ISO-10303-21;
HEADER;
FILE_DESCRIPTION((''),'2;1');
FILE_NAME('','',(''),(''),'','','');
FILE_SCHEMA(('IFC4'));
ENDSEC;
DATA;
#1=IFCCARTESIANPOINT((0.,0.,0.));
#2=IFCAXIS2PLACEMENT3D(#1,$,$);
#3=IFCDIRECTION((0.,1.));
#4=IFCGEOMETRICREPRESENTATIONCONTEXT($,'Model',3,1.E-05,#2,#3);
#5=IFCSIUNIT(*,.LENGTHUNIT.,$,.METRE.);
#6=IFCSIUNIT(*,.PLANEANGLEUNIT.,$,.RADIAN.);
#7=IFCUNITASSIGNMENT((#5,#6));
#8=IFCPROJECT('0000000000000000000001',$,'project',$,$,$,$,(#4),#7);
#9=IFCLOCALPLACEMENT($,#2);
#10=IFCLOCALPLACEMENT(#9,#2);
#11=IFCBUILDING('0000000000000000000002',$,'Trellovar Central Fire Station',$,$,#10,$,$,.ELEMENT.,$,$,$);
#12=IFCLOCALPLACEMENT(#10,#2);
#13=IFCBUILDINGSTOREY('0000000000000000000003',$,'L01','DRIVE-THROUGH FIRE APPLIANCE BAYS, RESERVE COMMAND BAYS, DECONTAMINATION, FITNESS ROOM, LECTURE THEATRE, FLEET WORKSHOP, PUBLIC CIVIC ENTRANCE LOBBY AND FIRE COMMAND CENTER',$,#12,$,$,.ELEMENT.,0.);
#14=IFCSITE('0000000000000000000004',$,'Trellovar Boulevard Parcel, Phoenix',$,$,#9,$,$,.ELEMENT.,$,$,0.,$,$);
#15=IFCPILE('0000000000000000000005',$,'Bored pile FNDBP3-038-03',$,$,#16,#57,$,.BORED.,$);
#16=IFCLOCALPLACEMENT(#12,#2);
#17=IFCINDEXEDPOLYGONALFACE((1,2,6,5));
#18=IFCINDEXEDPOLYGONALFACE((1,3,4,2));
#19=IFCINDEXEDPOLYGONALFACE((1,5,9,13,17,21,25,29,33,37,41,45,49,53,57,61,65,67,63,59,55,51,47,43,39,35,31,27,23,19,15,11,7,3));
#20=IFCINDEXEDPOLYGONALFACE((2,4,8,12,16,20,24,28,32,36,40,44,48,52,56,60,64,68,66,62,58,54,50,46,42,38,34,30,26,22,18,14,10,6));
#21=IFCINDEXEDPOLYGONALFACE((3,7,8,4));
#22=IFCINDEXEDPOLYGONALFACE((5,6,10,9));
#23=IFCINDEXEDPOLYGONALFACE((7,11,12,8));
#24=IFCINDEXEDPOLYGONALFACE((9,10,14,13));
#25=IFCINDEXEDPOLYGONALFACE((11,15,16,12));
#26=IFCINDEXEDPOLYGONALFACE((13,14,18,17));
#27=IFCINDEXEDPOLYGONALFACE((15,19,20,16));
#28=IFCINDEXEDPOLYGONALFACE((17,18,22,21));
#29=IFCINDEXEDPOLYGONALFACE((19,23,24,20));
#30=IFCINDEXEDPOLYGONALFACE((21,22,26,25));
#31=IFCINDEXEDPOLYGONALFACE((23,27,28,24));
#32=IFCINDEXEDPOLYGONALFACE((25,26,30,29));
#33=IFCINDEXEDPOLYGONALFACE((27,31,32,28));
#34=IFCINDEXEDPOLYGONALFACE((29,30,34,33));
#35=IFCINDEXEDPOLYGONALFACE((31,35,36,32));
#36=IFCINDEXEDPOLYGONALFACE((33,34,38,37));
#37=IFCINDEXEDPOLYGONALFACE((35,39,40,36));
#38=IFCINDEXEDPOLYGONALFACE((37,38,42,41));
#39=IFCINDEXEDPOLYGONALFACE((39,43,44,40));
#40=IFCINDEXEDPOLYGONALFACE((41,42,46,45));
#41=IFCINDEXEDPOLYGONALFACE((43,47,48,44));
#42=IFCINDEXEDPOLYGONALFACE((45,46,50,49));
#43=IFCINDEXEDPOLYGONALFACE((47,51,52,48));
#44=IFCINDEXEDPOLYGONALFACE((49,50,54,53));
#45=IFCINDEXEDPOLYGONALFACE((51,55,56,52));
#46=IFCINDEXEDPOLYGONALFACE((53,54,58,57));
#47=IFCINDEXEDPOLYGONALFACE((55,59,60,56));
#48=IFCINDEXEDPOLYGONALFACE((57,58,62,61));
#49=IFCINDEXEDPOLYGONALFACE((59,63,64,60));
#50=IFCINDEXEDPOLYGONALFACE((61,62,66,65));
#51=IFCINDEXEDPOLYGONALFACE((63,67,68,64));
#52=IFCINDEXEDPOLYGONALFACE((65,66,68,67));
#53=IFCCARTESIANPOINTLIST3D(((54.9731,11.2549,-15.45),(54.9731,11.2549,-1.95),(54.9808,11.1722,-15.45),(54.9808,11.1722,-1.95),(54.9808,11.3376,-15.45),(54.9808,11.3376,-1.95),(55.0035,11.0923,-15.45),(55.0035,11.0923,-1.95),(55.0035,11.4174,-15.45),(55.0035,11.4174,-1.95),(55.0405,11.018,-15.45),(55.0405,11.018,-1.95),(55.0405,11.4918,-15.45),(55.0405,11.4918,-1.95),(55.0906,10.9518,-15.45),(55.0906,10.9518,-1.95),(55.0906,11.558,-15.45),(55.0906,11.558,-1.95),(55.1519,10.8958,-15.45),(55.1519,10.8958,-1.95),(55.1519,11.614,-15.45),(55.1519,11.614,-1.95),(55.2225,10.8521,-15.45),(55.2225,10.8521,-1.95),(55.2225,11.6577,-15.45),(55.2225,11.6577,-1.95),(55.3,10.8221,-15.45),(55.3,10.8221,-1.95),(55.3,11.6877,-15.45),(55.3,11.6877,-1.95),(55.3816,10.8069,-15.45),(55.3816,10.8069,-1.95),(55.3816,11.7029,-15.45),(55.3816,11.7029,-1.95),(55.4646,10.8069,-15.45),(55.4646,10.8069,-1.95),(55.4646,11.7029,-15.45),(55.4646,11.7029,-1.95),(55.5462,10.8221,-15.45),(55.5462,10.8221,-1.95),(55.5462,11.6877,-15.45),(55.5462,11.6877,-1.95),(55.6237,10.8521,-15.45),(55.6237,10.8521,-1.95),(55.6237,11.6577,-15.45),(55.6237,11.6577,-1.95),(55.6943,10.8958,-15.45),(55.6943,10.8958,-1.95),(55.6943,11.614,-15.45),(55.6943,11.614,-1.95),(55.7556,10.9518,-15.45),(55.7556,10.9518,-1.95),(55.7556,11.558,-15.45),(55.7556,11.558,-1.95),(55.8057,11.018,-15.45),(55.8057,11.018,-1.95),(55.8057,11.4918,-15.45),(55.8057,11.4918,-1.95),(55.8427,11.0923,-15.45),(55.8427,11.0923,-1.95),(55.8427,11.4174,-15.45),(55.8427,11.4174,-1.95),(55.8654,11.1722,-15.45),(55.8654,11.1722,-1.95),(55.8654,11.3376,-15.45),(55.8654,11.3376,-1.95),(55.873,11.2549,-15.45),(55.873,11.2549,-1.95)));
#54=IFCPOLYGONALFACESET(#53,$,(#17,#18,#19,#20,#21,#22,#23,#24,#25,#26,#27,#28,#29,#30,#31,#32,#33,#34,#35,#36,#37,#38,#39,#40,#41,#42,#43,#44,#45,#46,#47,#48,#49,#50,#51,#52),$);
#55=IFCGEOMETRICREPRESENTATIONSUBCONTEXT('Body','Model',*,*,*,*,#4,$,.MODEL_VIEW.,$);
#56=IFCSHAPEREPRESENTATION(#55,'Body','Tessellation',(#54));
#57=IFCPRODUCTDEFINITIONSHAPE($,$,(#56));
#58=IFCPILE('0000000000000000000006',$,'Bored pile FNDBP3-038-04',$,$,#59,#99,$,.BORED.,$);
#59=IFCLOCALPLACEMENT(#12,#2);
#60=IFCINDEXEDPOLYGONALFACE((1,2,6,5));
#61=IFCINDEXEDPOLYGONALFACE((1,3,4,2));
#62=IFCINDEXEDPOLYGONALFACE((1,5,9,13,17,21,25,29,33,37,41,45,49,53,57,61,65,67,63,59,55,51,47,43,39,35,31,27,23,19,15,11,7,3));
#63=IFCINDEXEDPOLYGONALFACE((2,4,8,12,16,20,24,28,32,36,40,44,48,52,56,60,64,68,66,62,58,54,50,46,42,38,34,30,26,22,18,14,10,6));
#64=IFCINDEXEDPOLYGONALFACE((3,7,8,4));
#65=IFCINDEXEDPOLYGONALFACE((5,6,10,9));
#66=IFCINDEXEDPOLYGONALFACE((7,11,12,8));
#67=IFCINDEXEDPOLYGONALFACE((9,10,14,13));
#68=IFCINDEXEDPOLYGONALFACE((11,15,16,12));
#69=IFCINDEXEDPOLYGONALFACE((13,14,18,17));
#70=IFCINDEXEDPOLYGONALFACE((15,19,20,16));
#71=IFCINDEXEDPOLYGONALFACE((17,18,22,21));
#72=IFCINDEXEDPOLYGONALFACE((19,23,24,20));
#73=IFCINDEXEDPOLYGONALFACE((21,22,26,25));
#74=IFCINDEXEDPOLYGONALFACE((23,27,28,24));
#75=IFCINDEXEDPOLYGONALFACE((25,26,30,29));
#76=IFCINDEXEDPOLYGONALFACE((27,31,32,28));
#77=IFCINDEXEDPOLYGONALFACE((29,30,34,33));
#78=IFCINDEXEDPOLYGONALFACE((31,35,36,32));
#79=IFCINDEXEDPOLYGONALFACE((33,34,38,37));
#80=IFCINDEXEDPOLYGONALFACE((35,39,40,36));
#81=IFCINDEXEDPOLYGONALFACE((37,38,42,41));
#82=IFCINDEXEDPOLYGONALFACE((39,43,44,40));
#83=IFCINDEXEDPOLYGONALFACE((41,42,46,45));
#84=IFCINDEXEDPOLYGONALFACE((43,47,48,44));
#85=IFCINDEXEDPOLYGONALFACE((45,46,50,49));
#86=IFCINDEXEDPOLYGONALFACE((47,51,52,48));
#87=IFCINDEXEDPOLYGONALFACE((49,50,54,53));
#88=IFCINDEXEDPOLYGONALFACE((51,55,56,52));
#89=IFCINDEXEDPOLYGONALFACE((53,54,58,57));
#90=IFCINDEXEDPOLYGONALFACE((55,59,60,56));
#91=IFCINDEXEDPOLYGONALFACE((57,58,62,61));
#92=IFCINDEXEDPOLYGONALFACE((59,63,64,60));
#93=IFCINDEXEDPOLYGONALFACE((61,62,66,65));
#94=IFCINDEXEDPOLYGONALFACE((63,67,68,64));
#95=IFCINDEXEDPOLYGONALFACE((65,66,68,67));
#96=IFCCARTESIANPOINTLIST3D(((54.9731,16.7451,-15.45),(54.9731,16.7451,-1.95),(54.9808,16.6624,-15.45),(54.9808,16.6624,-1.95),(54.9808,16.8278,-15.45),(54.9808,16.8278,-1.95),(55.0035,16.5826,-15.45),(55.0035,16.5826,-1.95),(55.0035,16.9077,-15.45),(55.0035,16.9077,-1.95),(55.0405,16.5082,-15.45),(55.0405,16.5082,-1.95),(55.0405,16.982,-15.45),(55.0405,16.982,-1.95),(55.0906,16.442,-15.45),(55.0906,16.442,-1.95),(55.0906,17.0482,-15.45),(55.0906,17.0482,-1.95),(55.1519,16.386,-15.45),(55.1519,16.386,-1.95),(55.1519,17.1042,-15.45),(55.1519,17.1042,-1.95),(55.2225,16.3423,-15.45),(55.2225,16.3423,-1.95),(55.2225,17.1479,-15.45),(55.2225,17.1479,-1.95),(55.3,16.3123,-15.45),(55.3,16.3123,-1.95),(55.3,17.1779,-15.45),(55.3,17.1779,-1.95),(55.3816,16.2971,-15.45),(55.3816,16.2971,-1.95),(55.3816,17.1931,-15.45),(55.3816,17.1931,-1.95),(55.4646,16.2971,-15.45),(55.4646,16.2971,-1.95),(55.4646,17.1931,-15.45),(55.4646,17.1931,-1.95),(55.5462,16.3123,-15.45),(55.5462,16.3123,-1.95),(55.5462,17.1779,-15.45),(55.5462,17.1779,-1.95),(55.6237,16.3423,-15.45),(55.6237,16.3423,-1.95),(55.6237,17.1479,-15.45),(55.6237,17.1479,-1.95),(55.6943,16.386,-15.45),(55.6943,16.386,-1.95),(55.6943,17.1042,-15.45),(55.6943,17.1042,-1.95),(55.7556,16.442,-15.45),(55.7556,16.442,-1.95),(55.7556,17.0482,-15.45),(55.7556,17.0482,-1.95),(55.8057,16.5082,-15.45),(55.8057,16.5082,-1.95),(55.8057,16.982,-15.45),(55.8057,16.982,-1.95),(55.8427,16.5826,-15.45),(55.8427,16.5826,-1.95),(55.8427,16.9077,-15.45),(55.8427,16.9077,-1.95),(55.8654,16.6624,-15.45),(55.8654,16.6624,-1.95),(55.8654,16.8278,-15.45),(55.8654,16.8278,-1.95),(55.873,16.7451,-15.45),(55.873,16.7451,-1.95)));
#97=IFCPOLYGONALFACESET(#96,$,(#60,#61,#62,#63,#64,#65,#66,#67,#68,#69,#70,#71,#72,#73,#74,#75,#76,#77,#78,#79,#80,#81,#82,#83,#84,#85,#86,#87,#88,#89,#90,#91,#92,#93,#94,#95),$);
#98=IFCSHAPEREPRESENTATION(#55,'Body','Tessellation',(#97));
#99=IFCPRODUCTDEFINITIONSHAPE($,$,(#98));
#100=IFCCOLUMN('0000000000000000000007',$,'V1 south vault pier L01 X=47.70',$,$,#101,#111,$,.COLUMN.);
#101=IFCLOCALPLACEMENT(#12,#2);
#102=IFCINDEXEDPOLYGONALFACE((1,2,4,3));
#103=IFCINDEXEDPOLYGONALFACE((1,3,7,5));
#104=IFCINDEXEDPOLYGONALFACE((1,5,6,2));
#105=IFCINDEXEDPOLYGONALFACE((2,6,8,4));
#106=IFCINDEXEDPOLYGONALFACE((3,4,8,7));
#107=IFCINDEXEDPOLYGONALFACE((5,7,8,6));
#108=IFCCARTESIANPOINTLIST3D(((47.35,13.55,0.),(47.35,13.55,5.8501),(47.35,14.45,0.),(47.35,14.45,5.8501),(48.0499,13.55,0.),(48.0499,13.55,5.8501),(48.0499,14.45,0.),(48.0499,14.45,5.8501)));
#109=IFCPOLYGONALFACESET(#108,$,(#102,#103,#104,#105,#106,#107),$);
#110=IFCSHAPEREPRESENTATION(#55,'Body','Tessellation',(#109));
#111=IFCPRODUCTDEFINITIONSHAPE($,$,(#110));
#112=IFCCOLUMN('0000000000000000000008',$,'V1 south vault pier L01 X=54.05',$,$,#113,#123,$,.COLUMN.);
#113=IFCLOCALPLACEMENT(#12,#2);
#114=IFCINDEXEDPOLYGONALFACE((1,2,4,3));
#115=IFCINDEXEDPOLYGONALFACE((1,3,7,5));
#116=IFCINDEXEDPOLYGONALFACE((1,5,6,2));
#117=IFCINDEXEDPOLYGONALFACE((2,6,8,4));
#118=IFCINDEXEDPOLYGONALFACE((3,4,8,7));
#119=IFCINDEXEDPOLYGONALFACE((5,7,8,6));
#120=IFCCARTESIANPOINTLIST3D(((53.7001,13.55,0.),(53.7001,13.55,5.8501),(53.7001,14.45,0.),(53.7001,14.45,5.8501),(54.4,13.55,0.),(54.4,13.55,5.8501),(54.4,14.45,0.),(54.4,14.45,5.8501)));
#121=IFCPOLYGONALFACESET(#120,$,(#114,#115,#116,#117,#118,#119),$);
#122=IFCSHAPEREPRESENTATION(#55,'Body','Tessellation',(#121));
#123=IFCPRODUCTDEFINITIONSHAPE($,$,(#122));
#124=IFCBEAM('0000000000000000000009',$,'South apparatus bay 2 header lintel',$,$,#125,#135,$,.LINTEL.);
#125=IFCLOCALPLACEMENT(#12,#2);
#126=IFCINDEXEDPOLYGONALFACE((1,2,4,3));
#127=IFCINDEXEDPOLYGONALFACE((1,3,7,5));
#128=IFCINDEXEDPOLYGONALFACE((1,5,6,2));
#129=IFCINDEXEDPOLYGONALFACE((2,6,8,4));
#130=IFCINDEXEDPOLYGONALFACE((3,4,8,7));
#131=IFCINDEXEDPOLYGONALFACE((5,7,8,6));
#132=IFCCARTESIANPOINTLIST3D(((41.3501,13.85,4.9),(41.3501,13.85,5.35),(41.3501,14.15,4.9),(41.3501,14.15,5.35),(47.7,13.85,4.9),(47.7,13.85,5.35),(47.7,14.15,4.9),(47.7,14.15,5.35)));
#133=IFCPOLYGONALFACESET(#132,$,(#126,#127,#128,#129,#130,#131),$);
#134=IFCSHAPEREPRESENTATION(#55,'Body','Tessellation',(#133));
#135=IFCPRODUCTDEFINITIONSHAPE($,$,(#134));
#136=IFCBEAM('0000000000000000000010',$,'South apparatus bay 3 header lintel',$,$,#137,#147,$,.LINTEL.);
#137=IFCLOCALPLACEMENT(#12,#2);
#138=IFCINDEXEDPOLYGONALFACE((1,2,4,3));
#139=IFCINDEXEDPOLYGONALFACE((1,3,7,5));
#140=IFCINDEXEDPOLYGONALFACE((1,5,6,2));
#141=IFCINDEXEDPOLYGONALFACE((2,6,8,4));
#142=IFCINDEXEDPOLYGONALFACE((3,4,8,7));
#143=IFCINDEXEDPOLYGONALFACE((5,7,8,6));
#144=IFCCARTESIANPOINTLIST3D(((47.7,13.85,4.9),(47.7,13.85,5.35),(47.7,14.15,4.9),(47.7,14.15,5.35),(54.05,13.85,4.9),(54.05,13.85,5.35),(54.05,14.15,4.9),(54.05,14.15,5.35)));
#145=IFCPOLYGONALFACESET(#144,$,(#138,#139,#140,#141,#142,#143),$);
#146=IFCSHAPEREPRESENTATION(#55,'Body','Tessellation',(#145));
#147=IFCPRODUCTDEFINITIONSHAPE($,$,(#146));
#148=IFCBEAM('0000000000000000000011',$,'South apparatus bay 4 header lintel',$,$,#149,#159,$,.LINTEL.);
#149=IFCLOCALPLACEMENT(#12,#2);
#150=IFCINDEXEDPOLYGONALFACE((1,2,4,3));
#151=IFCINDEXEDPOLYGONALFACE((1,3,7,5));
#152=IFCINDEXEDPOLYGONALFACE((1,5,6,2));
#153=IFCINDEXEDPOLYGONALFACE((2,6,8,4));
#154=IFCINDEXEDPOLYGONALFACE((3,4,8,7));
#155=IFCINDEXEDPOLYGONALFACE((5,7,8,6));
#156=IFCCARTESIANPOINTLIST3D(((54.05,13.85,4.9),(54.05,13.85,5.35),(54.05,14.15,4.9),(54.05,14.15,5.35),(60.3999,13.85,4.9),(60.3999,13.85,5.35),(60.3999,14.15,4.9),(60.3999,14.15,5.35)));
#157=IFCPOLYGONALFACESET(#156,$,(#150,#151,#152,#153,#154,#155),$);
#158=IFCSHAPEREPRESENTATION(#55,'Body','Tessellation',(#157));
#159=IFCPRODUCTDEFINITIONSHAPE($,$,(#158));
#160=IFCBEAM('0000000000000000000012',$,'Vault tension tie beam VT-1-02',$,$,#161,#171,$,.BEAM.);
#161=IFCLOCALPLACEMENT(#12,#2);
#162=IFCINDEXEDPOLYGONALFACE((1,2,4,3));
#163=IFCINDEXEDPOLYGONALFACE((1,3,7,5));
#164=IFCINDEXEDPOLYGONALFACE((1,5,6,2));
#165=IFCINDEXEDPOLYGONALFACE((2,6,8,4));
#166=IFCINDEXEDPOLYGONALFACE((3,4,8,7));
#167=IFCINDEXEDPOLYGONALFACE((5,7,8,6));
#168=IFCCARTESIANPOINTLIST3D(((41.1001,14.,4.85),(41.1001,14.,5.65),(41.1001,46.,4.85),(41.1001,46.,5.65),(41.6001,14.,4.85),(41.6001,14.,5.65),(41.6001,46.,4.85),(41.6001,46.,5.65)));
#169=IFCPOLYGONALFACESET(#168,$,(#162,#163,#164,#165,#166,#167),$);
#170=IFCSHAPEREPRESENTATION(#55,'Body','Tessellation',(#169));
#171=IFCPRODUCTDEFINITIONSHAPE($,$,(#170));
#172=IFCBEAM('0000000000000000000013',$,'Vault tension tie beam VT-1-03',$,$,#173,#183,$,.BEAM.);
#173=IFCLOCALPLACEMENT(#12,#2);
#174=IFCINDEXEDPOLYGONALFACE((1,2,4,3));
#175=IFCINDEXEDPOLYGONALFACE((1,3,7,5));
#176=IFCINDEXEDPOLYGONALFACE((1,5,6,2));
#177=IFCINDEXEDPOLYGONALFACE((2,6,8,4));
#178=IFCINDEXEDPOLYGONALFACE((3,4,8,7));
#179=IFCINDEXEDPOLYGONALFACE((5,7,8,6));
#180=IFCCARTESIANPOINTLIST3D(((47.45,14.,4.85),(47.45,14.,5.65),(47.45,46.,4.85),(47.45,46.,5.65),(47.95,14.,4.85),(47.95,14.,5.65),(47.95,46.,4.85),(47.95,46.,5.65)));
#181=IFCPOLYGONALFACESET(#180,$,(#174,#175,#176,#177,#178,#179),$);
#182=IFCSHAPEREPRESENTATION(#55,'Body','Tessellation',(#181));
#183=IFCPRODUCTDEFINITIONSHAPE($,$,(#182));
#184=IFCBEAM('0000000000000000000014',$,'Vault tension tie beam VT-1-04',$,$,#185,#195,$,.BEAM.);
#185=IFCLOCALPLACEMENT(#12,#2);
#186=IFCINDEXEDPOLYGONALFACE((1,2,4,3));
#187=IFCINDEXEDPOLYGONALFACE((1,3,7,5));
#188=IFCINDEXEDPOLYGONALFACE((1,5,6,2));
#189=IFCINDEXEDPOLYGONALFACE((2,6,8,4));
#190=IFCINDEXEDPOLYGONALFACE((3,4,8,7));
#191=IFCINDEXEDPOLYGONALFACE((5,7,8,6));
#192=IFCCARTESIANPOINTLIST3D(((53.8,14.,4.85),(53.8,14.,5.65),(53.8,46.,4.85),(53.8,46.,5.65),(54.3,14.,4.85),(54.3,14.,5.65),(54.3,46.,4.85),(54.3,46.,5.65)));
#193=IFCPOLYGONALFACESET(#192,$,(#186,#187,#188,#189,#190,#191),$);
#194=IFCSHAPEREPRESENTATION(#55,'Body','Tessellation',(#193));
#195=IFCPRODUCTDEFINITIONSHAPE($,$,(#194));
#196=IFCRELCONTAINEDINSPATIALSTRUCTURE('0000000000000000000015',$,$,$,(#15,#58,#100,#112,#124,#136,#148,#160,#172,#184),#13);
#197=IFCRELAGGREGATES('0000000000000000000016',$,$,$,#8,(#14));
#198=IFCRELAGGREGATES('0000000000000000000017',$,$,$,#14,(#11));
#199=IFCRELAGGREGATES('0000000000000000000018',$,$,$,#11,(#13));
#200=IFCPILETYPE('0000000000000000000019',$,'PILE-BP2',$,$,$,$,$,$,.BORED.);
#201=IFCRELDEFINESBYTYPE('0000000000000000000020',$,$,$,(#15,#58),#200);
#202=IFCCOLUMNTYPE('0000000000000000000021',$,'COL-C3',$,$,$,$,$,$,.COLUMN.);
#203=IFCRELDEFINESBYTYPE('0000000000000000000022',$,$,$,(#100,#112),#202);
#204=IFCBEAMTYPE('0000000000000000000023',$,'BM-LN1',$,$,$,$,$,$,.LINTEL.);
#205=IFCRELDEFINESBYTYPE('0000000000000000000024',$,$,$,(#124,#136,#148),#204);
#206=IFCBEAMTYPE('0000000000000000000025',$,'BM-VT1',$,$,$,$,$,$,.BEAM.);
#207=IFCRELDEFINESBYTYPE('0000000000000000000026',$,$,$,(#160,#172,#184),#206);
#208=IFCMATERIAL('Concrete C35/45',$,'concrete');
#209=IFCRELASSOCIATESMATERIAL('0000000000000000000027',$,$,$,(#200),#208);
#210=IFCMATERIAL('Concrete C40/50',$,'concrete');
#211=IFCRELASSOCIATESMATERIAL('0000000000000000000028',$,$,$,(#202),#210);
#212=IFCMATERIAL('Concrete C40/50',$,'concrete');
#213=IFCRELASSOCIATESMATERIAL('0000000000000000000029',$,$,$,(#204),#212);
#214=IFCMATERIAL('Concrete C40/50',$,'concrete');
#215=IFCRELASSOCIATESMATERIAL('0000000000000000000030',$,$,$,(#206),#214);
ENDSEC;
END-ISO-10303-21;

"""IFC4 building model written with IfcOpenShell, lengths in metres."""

from ifc_helpers import new_model, si_unit, direction, frame, origin, origin_2d, place, context, subcontext, project, spatial, rectangle, circle, extrude, material, material_profile, profile_set, type_object, element, save


model = new_model("IFC4")

# Units and contexts
model_context = context("Model", 3, precision=1e-05, world=origin(), true_north=direction((0.0, 1.0)))
body_context = subcontext(model_context, "Body", "Model", "MODEL_VIEW")
ifc_project = project(units=[si_unit("LENGTHUNIT", "METRE"), si_unit("PLANEANGLEUNIT", "RADIAN")], contexts=[model_context])

# Site, building, storey
site_placement = place(None, origin())
site = spatial("IfcSite", under=ifc_project, at=site_placement, Name="Trellovar Boulevard Parcel, Phoenix", CompositionType="ELEMENT", RefElevation=0.0)
building_placement = place(site_placement, origin())
building = spatial("IfcBuilding", under=site, at=building_placement, Name="Trellovar Central Fire Station", CompositionType="ELEMENT")
storey_placement = place(building_placement, origin())
storey = spatial("IfcBuildingStorey", under=building, at=storey_placement, Name="L01", Description="DRIVE-THROUGH FIRE APPLIANCE BAYS, RESERVE COMMAND BAYS, DECONTAMINATION, FITNESS ROOM, LECTURE THEATRE, FLEET WORKSHOP, PUBLIC CIVIC ENTRANCE LOBBY AND FIRE COMMAND CENTER", CompositionType="ELEMENT", Elevation=0.0)

# Piles
ifc_material_1 = material(Name="Concrete C35/45", Category="concrete")
ifc_material_profile_1 = material_profile(ifc_material_1, circle(Radius=0.45, at=origin_2d()), Name="PILE900")
ifc_profile_set_1 = profile_set([ifc_material_profile_1], Name="Concrete C35/45")
pile_type = type_object("IfcPileType", Name="PILE-BP2", PredefinedType="BORED", material=ifc_profile_set_1)
for number, where, z_axis, x_axis, name in (
    (1, (55.4231, 11.2549, -1.95), (0.0, 0.0, -1.0), (1.0, 0.0, 0.0), "Bored pile FNDBP3-038-03"),
    (2, (55.4231, 16.7451, -1.95), (0.0, 0.0, -1.0), (1.0, 0.0, 0.0), "Bored pile FNDBP3-038-04"),
):
    element("IfcPile", number, at=place(storey_placement, frame(where, z_axis=z_axis, x_axis=x_axis)), inside=storey, type_object=pile_type, Name=name, PredefinedType="BORED", context=body_context, shape_type="SweptSolid", body=[
        extrude(circle(Radius=0.45, at=origin_2d()), origin(), (0.0, 0.0, 1.0), 13.5),
    ])

# Columns
ifc_material_2 = material(Name="Concrete C40/50", Category="concrete")
ifc_material_profile_2 = material_profile(ifc_material_2, rectangle(XDim=0.7, YDim=0.8999, at=origin_2d()), Name="RC700X900")
ifc_profile_set_2 = profile_set([ifc_material_profile_2], Name="Concrete C40/50")
column_type = type_object("IfcColumnType", Name="COL-C3", PredefinedType="COLUMN", material=ifc_profile_set_2)
for number, where, z_axis, x_axis, name in (
    (3, (47.7, 14.0, 0.0), (0.0, 0.0, 1.0), (1.0, 0.0, 0.0), "V1 south vault pier L01 X=47.70"),
    (4, (54.05, 14.0, 0.0), (0.0, 0.0, 1.0), (1.0, 0.0, 0.0), "V1 south vault pier L01 X=54.05"),
):
    element("IfcColumn", number, at=place(storey_placement, frame(where, z_axis=z_axis, x_axis=x_axis)), inside=storey, type_object=column_type, Name=name, PredefinedType="COLUMN", context=body_context, shape_type="SweptSolid", body=[
        extrude(rectangle(XDim=0.7, YDim=0.8999, at=origin_2d()), origin(), (0.0, 0.0, 1.0), 5.8501),
    ])

# Beams
ifc_material_3 = material(Name="Concrete C40/50", Category="concrete")
ifc_material_profile_3 = material_profile(ifc_material_3, rectangle(XDim=0.3, YDim=0.45, at=origin_2d()), Name="RC300X450")
ifc_profile_set_3 = profile_set([ifc_material_profile_3], Name="Concrete C40/50")
beam_type_1 = type_object("IfcBeamType", Name="BM-LN1", PredefinedType="LINTEL", material=ifc_profile_set_3)
beam_1_placement = place(storey_placement, frame((41.3501, 14.0, 5.125), z_axis=(1.0, 0.0, 0.0), x_axis=(0.0, 1.0, 0.0)))
element("IfcBeam", 5, at=beam_1_placement, inside=storey, type_object=beam_type_1, Name="South apparatus bay 2 header lintel", PredefinedType="LINTEL", context=body_context, shape_type="SweptSolid", body=[
    extrude(rectangle(XDim=0.3, YDim=0.45, at=origin_2d()), origin(), (0.0, 0.0, 1.0), 6.3499),
])
beam_2_placement = place(storey_placement, frame((47.7, 14.0, 5.125), z_axis=(1.0, 0.0, 0.0), x_axis=(0.0, 1.0, 0.0)))
element("IfcBeam", 6, at=beam_2_placement, inside=storey, type_object=beam_type_1, Name="South apparatus bay 3 header lintel", PredefinedType="LINTEL", context=body_context, shape_type="SweptSolid", body=[
    extrude(rectangle(XDim=0.3, YDim=0.45, at=origin_2d()), origin(), (0.0, 0.0, 1.0), 6.3501),
])
beam_3_placement = place(storey_placement, frame((54.05, 14.0, 5.125), z_axis=(1.0, 0.0, 0.0), x_axis=(0.0, 1.0, 0.0)))
element("IfcBeam", 7, at=beam_3_placement, inside=storey, type_object=beam_type_1, Name="South apparatus bay 4 header lintel", PredefinedType="LINTEL", context=body_context, shape_type="SweptSolid", body=[
    extrude(rectangle(XDim=0.3, YDim=0.45, at=origin_2d()), origin(), (0.0, 0.0, 1.0), 6.3499),
])
ifc_material_4 = material(Name="Concrete C40/50", Category="concrete")
ifc_material_profile_4 = material_profile(ifc_material_4, rectangle(XDim=0.5, YDim=0.8, at=origin_2d()), Name="RC500X800")
ifc_profile_set_4 = profile_set([ifc_material_profile_4], Name="Concrete C40/50")
beam_type_2 = type_object("IfcBeamType", Name="BM-VT1", PredefinedType="BEAM", material=ifc_profile_set_4)
for number, where, z_axis, x_axis, name in (
    (8, (41.3501, 14.0, 5.25), (0.0, 1.0, 0.0), (-1.0, 0.0, 0.0), "Vault tension tie beam VT-1-02"),
    (9, (47.7, 14.0, 5.25), (0.0, 1.0, 0.0), (-1.0, 0.0, 0.0), "Vault tension tie beam VT-1-03"),
    (10, (54.05, 14.0, 5.25), (0.0, 1.0, 0.0), (-1.0, 0.0, 0.0), "Vault tension tie beam VT-1-04"),
):
    element("IfcBeam", number, at=place(storey_placement, frame(where, z_axis=z_axis, x_axis=x_axis)), inside=storey, type_object=beam_type_2, Name=name, PredefinedType="BEAM", context=body_context, shape_type="SweptSolid", body=[
        extrude(rectangle(XDim=0.5, YDim=0.8, at=origin_2d()), origin(), (0.0, 0.0, 1.0), 32.0),
    ])

save(model, "model.ifc")
